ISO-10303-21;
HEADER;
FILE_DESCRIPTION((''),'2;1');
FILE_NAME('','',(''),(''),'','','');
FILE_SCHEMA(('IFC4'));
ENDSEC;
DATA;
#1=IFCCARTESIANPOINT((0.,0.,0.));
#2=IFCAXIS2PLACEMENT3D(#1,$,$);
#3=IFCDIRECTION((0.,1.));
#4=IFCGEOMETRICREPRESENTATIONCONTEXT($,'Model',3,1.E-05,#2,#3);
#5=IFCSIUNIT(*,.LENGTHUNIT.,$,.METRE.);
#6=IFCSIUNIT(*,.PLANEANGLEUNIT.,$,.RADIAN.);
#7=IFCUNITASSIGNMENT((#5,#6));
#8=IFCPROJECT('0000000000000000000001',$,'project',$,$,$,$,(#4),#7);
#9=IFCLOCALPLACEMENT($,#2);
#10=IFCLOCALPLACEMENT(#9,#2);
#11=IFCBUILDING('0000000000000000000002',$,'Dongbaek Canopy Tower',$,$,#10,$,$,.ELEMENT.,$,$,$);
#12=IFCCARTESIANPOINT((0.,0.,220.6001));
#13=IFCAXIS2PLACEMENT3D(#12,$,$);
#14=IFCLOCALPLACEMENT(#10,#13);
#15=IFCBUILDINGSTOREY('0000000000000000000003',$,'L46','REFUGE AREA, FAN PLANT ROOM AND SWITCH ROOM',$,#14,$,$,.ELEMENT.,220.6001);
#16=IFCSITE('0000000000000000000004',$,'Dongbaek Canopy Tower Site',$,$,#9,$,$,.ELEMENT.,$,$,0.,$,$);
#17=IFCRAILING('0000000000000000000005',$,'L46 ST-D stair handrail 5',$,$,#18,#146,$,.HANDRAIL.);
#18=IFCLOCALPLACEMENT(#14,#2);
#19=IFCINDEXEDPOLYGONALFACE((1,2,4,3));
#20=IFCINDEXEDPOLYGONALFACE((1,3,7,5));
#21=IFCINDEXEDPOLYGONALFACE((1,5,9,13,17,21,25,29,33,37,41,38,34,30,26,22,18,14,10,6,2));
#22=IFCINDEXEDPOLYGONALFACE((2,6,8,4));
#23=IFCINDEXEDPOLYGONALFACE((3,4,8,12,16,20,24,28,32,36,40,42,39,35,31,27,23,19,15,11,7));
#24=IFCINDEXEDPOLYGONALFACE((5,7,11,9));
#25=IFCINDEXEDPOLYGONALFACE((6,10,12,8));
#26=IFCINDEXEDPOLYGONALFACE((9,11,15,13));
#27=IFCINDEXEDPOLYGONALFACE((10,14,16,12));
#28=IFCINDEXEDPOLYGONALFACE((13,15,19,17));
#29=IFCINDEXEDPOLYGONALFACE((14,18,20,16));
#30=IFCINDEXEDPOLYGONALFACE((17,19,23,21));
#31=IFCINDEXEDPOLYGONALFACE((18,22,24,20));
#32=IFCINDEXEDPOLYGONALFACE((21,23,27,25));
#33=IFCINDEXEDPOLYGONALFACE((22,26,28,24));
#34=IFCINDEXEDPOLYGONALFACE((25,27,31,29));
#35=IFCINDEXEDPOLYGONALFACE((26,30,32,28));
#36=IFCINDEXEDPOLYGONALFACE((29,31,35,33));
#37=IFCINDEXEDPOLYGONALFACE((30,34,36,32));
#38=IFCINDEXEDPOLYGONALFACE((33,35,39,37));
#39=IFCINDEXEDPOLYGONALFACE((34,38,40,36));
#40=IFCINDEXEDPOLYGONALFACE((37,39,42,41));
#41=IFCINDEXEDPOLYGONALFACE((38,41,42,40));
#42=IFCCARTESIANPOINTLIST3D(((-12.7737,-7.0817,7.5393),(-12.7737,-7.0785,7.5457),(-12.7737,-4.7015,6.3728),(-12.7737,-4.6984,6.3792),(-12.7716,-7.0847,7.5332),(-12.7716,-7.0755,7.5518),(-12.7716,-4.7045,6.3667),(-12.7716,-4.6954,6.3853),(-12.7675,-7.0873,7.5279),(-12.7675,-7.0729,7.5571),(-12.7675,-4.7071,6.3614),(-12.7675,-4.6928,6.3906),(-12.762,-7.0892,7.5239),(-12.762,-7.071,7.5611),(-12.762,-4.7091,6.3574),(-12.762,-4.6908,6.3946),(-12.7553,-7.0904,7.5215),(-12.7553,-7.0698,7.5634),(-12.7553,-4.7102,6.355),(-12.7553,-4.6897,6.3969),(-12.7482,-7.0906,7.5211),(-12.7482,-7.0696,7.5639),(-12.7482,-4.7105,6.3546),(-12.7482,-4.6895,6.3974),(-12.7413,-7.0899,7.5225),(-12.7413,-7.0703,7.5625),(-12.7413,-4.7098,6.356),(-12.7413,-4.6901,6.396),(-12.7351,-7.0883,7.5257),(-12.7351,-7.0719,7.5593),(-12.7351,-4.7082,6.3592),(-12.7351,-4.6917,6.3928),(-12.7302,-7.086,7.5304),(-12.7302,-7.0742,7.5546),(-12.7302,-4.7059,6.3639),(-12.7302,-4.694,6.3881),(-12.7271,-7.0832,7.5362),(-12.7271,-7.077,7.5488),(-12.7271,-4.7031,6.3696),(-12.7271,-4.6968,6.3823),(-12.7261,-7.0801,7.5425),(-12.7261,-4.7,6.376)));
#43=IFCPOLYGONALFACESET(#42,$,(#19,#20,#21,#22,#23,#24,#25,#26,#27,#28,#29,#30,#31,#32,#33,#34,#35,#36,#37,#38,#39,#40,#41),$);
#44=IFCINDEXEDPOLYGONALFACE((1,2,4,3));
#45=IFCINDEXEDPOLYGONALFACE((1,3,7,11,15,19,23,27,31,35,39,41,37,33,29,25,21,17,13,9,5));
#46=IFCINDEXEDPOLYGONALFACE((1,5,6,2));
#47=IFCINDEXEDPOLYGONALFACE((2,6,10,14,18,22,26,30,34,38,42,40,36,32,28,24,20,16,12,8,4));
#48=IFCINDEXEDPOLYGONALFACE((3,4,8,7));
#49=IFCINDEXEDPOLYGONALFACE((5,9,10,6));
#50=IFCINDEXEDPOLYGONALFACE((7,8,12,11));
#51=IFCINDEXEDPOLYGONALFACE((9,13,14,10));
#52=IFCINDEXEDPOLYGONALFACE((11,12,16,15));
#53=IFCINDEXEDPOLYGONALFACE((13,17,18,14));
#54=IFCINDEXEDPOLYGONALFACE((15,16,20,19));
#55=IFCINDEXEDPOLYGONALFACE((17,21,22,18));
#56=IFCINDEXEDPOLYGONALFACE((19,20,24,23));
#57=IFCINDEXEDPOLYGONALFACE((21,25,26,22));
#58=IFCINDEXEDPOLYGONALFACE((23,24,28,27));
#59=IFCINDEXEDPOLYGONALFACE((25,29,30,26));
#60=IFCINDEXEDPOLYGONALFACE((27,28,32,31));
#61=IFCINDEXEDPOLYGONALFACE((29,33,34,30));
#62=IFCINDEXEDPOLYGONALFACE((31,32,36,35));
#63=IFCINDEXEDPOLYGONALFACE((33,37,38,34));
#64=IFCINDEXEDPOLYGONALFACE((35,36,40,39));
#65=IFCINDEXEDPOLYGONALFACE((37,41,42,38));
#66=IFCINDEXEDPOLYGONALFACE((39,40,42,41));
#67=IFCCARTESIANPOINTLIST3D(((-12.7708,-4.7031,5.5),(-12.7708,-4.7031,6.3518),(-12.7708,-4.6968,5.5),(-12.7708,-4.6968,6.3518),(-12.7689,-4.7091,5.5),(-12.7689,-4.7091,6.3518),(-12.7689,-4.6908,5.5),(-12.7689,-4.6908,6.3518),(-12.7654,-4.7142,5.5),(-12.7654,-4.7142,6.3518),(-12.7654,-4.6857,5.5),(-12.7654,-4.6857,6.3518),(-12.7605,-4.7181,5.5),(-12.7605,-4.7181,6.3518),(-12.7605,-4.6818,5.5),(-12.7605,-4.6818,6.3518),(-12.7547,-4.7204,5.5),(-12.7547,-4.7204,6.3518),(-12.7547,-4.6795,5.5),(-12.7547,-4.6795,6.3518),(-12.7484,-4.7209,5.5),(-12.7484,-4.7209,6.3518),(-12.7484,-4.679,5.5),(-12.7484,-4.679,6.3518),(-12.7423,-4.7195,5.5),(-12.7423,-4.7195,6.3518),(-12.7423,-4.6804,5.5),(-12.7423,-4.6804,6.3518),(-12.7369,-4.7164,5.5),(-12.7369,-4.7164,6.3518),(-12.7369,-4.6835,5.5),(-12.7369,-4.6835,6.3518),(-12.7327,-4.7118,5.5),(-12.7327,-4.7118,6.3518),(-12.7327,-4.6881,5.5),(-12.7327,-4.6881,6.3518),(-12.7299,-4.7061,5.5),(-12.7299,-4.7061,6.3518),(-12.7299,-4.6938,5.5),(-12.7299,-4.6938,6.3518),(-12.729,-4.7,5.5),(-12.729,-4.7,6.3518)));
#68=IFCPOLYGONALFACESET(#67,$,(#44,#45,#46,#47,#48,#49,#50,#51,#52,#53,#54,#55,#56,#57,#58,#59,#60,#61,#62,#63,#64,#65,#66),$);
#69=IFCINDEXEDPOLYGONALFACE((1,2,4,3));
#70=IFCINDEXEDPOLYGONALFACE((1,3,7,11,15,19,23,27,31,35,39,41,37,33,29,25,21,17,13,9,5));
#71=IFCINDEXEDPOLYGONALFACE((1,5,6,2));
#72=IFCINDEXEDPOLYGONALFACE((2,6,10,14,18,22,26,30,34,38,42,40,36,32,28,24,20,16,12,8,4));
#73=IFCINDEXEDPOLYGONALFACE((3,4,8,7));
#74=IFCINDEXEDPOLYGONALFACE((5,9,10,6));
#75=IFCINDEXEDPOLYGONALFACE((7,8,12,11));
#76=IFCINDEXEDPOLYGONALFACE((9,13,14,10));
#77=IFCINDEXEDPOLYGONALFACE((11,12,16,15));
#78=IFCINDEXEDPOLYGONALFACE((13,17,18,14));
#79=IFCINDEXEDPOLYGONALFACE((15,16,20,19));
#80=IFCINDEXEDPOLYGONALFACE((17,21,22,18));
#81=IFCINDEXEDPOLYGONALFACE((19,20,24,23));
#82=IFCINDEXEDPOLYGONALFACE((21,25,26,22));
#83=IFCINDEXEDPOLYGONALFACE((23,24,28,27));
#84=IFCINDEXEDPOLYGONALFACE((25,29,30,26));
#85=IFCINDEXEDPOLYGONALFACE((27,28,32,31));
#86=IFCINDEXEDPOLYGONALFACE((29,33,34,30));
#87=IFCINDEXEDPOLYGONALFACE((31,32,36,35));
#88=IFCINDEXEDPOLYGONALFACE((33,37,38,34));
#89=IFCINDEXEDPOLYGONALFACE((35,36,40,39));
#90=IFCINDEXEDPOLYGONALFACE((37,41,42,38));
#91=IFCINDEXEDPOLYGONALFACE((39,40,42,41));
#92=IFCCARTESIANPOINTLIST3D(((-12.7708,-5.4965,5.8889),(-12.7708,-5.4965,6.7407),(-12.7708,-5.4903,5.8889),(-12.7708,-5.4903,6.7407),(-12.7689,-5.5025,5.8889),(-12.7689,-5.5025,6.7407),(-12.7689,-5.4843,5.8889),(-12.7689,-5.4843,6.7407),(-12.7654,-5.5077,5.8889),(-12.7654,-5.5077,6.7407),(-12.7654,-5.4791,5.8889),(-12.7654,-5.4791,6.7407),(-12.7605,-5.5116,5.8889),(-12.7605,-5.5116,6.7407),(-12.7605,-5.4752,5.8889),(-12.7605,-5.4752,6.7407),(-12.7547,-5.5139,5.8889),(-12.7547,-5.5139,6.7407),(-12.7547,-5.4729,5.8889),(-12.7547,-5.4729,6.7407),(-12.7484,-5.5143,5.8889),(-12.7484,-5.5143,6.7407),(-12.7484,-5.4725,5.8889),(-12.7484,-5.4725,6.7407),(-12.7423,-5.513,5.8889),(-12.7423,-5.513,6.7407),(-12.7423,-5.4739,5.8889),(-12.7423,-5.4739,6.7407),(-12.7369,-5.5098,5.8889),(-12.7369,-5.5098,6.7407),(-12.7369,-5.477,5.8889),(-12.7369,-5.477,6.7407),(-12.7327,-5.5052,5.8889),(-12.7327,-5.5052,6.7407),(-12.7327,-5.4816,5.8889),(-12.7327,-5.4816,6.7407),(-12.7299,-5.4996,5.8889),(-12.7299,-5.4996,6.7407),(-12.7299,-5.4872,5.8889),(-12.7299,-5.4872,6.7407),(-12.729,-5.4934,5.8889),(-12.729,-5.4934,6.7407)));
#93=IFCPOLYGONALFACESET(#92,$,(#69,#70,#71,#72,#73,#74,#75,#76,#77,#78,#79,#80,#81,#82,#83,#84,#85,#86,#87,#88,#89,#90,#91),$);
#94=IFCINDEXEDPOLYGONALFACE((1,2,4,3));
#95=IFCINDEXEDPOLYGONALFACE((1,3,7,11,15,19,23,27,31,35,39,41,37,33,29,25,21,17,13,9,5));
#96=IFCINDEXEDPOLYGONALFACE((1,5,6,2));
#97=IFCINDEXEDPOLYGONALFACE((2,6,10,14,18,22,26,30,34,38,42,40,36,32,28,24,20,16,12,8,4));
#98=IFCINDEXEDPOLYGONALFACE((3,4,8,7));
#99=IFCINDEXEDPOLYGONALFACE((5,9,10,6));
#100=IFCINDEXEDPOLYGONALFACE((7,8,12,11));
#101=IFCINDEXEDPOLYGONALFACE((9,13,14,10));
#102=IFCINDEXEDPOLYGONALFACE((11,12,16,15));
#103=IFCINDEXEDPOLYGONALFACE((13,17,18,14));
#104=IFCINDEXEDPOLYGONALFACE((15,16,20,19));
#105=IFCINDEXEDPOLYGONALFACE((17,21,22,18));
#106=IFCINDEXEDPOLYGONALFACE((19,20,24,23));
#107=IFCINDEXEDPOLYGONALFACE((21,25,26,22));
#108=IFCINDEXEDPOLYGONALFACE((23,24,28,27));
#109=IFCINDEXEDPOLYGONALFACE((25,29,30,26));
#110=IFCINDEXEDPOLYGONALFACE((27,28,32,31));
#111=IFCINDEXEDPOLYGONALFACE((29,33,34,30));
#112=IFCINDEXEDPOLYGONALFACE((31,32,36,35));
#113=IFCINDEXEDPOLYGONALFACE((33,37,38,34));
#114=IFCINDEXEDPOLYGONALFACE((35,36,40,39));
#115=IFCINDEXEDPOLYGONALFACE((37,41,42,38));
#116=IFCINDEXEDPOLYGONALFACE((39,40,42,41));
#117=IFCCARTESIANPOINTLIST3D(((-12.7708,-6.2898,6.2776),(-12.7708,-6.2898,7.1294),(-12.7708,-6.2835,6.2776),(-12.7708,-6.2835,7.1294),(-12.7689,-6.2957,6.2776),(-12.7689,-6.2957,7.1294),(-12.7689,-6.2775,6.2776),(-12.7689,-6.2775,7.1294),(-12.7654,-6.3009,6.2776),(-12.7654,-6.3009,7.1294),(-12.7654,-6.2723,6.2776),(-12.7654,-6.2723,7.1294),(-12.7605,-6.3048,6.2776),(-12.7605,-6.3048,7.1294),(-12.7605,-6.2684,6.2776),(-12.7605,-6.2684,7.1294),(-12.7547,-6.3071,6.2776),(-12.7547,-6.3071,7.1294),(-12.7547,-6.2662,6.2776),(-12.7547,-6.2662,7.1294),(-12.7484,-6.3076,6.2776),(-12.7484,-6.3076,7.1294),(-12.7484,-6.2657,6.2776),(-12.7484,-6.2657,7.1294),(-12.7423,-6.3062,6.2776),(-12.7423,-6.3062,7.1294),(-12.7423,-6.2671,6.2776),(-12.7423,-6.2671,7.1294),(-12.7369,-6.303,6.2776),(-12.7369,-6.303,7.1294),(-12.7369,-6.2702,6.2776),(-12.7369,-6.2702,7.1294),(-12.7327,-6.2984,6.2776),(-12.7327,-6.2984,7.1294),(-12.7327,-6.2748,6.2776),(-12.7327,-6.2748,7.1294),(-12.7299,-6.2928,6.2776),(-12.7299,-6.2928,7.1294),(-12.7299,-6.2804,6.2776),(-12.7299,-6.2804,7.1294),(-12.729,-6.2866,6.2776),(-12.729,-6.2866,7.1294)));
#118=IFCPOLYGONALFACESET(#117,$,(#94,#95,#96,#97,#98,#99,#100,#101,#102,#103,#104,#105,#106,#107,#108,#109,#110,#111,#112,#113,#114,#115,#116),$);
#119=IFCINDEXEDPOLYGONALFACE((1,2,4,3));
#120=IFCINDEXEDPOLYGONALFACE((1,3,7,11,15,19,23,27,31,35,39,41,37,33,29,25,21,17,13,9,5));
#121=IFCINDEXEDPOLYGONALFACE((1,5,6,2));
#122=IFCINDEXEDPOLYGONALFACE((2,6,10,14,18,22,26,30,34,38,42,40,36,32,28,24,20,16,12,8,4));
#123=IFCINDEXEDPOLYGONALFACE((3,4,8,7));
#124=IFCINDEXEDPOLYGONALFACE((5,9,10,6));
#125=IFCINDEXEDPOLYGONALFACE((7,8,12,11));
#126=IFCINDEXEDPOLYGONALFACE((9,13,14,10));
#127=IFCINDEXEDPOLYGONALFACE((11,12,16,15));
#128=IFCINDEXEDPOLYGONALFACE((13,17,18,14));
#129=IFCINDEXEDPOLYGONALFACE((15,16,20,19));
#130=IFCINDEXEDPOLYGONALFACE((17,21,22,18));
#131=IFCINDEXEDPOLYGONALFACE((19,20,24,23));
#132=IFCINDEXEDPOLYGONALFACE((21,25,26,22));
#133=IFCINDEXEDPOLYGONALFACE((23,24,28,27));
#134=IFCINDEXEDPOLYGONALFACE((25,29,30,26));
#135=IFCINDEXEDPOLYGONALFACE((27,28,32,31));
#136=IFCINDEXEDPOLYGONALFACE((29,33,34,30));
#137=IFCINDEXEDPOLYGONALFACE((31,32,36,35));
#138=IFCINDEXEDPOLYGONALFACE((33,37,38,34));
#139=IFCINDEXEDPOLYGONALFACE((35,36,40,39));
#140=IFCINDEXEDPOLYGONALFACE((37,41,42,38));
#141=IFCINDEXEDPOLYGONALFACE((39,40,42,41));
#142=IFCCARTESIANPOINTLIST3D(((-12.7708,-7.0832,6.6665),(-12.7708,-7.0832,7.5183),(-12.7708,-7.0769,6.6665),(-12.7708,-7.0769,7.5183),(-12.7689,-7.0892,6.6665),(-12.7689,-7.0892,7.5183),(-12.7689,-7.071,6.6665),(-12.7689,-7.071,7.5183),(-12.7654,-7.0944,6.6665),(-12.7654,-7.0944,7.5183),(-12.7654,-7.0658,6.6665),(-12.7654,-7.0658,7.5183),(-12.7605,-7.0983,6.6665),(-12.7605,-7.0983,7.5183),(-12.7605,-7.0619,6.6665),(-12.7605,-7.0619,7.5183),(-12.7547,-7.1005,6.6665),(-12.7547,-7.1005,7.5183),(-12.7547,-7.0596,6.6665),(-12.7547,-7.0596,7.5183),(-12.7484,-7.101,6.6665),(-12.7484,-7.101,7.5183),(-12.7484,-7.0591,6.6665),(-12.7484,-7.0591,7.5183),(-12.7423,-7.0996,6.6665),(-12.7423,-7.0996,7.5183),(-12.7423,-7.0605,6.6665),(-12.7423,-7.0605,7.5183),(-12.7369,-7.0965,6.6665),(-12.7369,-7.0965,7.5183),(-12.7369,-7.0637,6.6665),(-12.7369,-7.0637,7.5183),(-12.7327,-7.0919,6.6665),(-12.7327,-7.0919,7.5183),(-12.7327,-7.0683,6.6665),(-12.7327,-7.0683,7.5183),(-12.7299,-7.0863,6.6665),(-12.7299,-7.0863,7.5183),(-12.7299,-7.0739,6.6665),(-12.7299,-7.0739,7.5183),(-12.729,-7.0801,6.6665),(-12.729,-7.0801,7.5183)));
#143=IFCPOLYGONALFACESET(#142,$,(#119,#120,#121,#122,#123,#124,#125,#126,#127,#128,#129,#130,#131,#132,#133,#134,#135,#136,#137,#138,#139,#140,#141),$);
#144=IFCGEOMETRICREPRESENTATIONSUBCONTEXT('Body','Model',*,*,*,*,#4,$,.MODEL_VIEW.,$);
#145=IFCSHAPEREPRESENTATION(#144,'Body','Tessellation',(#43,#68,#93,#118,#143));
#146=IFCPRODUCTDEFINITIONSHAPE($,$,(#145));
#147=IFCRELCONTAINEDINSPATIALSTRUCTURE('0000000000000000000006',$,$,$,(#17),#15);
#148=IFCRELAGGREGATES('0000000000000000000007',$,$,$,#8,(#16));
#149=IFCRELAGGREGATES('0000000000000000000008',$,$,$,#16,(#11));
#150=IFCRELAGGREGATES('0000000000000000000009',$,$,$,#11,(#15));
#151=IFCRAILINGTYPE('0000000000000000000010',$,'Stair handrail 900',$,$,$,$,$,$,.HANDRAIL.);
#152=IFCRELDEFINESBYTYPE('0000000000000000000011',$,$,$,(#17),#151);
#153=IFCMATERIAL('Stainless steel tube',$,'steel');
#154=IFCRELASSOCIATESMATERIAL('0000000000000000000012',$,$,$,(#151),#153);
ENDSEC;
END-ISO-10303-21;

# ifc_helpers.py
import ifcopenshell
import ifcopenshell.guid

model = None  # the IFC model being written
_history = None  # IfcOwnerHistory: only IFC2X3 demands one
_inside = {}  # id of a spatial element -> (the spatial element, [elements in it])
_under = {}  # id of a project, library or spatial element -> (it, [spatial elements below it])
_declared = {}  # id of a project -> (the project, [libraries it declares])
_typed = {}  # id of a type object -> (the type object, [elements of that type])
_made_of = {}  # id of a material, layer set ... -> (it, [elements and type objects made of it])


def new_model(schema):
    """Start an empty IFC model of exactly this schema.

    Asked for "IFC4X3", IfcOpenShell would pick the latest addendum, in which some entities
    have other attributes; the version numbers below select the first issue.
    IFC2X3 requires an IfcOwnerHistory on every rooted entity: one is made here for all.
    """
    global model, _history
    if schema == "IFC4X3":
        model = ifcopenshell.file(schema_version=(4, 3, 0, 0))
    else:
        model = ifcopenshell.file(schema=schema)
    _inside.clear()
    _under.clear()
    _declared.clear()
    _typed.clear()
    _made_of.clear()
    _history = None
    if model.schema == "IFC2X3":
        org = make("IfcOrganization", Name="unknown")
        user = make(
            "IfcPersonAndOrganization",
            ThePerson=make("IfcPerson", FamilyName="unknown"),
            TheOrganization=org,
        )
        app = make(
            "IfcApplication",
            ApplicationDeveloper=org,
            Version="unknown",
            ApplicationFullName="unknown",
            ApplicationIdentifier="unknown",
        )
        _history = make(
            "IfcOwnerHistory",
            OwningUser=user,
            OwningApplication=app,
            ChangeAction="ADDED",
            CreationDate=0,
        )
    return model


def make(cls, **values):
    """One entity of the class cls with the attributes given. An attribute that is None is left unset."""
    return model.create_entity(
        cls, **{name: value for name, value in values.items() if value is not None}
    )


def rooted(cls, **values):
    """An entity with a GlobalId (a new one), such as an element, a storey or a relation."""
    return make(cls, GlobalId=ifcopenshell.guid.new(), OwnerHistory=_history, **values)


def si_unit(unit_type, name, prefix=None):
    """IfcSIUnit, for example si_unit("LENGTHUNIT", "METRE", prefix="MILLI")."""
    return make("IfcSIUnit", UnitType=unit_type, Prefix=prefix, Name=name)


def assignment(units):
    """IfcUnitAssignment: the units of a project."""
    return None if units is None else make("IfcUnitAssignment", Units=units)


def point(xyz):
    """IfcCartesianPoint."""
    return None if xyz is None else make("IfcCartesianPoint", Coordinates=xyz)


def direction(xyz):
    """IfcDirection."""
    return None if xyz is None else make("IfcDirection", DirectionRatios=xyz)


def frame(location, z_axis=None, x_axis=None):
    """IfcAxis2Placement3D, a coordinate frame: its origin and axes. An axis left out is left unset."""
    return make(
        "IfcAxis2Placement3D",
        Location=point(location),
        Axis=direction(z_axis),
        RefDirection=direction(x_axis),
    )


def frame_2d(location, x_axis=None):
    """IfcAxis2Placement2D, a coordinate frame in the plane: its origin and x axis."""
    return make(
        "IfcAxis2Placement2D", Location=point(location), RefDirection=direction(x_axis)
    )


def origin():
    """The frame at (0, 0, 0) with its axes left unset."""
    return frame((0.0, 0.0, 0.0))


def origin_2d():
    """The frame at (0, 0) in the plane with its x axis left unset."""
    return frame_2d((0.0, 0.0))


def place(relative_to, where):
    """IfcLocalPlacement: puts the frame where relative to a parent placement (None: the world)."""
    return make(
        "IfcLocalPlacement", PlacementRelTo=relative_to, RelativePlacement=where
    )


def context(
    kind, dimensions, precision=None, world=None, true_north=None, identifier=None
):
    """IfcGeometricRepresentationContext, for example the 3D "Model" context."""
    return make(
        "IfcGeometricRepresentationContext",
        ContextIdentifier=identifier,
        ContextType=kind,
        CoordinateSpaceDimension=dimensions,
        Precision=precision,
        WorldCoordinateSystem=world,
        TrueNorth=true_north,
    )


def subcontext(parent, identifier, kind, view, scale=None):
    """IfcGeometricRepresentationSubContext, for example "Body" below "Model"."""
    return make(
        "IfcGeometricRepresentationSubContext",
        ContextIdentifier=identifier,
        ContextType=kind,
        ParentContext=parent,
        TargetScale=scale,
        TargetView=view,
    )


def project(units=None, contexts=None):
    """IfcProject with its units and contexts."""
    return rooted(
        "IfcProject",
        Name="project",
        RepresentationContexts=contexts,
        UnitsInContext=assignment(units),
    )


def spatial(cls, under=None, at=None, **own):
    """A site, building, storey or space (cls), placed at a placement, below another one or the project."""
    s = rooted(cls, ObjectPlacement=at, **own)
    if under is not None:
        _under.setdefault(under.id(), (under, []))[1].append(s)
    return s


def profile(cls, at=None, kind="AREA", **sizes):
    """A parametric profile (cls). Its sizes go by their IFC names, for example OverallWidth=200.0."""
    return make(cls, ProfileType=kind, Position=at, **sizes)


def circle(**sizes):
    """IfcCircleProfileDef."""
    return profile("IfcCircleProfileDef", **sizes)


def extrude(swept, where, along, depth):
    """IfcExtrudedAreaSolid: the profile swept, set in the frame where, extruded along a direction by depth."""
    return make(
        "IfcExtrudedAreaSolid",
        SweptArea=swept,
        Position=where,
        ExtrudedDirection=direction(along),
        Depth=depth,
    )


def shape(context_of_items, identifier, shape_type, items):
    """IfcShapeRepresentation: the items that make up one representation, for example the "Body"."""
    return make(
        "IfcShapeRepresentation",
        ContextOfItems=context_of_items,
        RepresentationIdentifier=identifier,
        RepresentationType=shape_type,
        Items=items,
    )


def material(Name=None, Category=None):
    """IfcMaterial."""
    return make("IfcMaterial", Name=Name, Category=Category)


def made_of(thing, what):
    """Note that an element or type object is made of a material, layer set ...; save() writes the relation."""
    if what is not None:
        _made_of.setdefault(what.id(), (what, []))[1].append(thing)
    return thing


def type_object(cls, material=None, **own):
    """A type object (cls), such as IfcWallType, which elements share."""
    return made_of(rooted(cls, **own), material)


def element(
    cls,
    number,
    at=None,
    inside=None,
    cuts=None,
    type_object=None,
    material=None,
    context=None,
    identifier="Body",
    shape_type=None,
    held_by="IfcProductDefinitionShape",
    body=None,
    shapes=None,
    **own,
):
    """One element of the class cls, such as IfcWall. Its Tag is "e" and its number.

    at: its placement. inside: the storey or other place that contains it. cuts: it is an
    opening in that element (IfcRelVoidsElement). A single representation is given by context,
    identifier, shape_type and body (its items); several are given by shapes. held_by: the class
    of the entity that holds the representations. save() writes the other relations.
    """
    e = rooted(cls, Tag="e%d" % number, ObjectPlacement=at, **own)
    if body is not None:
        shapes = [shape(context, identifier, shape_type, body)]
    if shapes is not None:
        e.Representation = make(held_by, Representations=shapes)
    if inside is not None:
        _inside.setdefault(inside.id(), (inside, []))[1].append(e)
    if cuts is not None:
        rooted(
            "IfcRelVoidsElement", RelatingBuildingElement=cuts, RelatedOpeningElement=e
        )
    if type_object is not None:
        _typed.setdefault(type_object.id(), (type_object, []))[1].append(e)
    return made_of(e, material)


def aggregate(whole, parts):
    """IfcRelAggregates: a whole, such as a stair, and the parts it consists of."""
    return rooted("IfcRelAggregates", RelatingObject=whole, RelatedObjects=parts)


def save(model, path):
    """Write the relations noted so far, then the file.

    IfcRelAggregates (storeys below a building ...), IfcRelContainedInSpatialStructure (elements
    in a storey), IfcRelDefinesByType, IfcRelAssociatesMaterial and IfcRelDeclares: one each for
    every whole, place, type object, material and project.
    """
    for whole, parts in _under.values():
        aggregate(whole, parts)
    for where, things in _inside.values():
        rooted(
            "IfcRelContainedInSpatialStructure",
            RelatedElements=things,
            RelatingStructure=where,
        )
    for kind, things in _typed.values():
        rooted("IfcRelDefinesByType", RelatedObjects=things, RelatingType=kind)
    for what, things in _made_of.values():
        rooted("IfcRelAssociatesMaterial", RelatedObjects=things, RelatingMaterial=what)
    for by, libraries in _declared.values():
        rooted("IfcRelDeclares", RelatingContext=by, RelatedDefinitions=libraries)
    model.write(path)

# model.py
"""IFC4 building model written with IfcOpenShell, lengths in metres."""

from ifc_helpers import new_model, si_unit, direction, frame, origin, origin_2d, place, context, subcontext, project, spatial, circle, extrude, material, type_object, element, save


model = new_model("IFC4")

# Units and contexts
model_context = context("Model", 3, precision=1e-05, world=origin(), true_north=direction((0.0, 1.0)))
body_context = subcontext(model_context, "Body", "Model", "MODEL_VIEW")
ifc_project = project(units=[si_unit("LENGTHUNIT", "METRE"), si_unit("PLANEANGLEUNIT", "RADIAN")], contexts=[model_context])

# Site, building, storey
site_placement = place(None, origin())
site = spatial("IfcSite", under=ifc_project, at=site_placement, Name="Dongbaek Canopy Tower Site", CompositionType="ELEMENT", RefElevation=0.0)
building_placement = place(site_placement, origin())
building = spatial("IfcBuilding", under=site, at=building_placement, Name="Dongbaek Canopy Tower", CompositionType="ELEMENT")
storey_placement = place(building_placement, frame((0.0, 0.0, 220.6001)))
storey = spatial("IfcBuildingStorey", under=building, at=storey_placement, Name="L46", Description="REFUGE AREA, FAN PLANT ROOM AND SWITCH ROOM", CompositionType="ELEMENT", Elevation=220.6001)

# Railing
ifc_material_1 = material(Name="Stainless steel tube", Category="steel")
railing_type_1 = type_object("IfcRailingType", Name="Stair handrail 900", PredefinedType="HANDRAIL", material=ifc_material_1)
railing_1_placement = place(storey_placement, frame((-12.75, -4.7, 5.5)))
element("IfcRailing", 1, at=railing_1_placement, inside=storey, type_object=railing_type_1, Name="L46 ST-D stair handrail 5", PredefinedType="HANDRAIL", context=body_context, shape_type="SweptSolid", body=[
    extrude(circle(Radius=0.0239, at=origin_2d()), frame((0.0, 0.0, 0.876), z_axis=(0.0, -0.897954, 0.440089), x_axis=(1.0, 0.0, 0.0)), (0.0, 0.0, 1.0), 2.6506),
    extrude(circle(Radius=0.021, at=origin_2d()), origin(), (0.0, 0.0, 1.0), 0.8518),
    extrude(circle(Radius=0.021, at=origin_2d()), frame((0.0, -0.7935, 0.3889)), (0.0, 0.0, 1.0), 0.8518),
    extrude(circle(Radius=0.021, at=origin_2d()), frame((0.0, -1.5867, 0.7776)), (0.0, 0.0, 1.0), 0.8518),
    extrude(circle(Radius=0.021, at=origin_2d()), frame((0.0, -2.3801, 1.1665)), (0.0, 0.0, 1.0), 0.8518),
])

save(model, "model.ifc")
